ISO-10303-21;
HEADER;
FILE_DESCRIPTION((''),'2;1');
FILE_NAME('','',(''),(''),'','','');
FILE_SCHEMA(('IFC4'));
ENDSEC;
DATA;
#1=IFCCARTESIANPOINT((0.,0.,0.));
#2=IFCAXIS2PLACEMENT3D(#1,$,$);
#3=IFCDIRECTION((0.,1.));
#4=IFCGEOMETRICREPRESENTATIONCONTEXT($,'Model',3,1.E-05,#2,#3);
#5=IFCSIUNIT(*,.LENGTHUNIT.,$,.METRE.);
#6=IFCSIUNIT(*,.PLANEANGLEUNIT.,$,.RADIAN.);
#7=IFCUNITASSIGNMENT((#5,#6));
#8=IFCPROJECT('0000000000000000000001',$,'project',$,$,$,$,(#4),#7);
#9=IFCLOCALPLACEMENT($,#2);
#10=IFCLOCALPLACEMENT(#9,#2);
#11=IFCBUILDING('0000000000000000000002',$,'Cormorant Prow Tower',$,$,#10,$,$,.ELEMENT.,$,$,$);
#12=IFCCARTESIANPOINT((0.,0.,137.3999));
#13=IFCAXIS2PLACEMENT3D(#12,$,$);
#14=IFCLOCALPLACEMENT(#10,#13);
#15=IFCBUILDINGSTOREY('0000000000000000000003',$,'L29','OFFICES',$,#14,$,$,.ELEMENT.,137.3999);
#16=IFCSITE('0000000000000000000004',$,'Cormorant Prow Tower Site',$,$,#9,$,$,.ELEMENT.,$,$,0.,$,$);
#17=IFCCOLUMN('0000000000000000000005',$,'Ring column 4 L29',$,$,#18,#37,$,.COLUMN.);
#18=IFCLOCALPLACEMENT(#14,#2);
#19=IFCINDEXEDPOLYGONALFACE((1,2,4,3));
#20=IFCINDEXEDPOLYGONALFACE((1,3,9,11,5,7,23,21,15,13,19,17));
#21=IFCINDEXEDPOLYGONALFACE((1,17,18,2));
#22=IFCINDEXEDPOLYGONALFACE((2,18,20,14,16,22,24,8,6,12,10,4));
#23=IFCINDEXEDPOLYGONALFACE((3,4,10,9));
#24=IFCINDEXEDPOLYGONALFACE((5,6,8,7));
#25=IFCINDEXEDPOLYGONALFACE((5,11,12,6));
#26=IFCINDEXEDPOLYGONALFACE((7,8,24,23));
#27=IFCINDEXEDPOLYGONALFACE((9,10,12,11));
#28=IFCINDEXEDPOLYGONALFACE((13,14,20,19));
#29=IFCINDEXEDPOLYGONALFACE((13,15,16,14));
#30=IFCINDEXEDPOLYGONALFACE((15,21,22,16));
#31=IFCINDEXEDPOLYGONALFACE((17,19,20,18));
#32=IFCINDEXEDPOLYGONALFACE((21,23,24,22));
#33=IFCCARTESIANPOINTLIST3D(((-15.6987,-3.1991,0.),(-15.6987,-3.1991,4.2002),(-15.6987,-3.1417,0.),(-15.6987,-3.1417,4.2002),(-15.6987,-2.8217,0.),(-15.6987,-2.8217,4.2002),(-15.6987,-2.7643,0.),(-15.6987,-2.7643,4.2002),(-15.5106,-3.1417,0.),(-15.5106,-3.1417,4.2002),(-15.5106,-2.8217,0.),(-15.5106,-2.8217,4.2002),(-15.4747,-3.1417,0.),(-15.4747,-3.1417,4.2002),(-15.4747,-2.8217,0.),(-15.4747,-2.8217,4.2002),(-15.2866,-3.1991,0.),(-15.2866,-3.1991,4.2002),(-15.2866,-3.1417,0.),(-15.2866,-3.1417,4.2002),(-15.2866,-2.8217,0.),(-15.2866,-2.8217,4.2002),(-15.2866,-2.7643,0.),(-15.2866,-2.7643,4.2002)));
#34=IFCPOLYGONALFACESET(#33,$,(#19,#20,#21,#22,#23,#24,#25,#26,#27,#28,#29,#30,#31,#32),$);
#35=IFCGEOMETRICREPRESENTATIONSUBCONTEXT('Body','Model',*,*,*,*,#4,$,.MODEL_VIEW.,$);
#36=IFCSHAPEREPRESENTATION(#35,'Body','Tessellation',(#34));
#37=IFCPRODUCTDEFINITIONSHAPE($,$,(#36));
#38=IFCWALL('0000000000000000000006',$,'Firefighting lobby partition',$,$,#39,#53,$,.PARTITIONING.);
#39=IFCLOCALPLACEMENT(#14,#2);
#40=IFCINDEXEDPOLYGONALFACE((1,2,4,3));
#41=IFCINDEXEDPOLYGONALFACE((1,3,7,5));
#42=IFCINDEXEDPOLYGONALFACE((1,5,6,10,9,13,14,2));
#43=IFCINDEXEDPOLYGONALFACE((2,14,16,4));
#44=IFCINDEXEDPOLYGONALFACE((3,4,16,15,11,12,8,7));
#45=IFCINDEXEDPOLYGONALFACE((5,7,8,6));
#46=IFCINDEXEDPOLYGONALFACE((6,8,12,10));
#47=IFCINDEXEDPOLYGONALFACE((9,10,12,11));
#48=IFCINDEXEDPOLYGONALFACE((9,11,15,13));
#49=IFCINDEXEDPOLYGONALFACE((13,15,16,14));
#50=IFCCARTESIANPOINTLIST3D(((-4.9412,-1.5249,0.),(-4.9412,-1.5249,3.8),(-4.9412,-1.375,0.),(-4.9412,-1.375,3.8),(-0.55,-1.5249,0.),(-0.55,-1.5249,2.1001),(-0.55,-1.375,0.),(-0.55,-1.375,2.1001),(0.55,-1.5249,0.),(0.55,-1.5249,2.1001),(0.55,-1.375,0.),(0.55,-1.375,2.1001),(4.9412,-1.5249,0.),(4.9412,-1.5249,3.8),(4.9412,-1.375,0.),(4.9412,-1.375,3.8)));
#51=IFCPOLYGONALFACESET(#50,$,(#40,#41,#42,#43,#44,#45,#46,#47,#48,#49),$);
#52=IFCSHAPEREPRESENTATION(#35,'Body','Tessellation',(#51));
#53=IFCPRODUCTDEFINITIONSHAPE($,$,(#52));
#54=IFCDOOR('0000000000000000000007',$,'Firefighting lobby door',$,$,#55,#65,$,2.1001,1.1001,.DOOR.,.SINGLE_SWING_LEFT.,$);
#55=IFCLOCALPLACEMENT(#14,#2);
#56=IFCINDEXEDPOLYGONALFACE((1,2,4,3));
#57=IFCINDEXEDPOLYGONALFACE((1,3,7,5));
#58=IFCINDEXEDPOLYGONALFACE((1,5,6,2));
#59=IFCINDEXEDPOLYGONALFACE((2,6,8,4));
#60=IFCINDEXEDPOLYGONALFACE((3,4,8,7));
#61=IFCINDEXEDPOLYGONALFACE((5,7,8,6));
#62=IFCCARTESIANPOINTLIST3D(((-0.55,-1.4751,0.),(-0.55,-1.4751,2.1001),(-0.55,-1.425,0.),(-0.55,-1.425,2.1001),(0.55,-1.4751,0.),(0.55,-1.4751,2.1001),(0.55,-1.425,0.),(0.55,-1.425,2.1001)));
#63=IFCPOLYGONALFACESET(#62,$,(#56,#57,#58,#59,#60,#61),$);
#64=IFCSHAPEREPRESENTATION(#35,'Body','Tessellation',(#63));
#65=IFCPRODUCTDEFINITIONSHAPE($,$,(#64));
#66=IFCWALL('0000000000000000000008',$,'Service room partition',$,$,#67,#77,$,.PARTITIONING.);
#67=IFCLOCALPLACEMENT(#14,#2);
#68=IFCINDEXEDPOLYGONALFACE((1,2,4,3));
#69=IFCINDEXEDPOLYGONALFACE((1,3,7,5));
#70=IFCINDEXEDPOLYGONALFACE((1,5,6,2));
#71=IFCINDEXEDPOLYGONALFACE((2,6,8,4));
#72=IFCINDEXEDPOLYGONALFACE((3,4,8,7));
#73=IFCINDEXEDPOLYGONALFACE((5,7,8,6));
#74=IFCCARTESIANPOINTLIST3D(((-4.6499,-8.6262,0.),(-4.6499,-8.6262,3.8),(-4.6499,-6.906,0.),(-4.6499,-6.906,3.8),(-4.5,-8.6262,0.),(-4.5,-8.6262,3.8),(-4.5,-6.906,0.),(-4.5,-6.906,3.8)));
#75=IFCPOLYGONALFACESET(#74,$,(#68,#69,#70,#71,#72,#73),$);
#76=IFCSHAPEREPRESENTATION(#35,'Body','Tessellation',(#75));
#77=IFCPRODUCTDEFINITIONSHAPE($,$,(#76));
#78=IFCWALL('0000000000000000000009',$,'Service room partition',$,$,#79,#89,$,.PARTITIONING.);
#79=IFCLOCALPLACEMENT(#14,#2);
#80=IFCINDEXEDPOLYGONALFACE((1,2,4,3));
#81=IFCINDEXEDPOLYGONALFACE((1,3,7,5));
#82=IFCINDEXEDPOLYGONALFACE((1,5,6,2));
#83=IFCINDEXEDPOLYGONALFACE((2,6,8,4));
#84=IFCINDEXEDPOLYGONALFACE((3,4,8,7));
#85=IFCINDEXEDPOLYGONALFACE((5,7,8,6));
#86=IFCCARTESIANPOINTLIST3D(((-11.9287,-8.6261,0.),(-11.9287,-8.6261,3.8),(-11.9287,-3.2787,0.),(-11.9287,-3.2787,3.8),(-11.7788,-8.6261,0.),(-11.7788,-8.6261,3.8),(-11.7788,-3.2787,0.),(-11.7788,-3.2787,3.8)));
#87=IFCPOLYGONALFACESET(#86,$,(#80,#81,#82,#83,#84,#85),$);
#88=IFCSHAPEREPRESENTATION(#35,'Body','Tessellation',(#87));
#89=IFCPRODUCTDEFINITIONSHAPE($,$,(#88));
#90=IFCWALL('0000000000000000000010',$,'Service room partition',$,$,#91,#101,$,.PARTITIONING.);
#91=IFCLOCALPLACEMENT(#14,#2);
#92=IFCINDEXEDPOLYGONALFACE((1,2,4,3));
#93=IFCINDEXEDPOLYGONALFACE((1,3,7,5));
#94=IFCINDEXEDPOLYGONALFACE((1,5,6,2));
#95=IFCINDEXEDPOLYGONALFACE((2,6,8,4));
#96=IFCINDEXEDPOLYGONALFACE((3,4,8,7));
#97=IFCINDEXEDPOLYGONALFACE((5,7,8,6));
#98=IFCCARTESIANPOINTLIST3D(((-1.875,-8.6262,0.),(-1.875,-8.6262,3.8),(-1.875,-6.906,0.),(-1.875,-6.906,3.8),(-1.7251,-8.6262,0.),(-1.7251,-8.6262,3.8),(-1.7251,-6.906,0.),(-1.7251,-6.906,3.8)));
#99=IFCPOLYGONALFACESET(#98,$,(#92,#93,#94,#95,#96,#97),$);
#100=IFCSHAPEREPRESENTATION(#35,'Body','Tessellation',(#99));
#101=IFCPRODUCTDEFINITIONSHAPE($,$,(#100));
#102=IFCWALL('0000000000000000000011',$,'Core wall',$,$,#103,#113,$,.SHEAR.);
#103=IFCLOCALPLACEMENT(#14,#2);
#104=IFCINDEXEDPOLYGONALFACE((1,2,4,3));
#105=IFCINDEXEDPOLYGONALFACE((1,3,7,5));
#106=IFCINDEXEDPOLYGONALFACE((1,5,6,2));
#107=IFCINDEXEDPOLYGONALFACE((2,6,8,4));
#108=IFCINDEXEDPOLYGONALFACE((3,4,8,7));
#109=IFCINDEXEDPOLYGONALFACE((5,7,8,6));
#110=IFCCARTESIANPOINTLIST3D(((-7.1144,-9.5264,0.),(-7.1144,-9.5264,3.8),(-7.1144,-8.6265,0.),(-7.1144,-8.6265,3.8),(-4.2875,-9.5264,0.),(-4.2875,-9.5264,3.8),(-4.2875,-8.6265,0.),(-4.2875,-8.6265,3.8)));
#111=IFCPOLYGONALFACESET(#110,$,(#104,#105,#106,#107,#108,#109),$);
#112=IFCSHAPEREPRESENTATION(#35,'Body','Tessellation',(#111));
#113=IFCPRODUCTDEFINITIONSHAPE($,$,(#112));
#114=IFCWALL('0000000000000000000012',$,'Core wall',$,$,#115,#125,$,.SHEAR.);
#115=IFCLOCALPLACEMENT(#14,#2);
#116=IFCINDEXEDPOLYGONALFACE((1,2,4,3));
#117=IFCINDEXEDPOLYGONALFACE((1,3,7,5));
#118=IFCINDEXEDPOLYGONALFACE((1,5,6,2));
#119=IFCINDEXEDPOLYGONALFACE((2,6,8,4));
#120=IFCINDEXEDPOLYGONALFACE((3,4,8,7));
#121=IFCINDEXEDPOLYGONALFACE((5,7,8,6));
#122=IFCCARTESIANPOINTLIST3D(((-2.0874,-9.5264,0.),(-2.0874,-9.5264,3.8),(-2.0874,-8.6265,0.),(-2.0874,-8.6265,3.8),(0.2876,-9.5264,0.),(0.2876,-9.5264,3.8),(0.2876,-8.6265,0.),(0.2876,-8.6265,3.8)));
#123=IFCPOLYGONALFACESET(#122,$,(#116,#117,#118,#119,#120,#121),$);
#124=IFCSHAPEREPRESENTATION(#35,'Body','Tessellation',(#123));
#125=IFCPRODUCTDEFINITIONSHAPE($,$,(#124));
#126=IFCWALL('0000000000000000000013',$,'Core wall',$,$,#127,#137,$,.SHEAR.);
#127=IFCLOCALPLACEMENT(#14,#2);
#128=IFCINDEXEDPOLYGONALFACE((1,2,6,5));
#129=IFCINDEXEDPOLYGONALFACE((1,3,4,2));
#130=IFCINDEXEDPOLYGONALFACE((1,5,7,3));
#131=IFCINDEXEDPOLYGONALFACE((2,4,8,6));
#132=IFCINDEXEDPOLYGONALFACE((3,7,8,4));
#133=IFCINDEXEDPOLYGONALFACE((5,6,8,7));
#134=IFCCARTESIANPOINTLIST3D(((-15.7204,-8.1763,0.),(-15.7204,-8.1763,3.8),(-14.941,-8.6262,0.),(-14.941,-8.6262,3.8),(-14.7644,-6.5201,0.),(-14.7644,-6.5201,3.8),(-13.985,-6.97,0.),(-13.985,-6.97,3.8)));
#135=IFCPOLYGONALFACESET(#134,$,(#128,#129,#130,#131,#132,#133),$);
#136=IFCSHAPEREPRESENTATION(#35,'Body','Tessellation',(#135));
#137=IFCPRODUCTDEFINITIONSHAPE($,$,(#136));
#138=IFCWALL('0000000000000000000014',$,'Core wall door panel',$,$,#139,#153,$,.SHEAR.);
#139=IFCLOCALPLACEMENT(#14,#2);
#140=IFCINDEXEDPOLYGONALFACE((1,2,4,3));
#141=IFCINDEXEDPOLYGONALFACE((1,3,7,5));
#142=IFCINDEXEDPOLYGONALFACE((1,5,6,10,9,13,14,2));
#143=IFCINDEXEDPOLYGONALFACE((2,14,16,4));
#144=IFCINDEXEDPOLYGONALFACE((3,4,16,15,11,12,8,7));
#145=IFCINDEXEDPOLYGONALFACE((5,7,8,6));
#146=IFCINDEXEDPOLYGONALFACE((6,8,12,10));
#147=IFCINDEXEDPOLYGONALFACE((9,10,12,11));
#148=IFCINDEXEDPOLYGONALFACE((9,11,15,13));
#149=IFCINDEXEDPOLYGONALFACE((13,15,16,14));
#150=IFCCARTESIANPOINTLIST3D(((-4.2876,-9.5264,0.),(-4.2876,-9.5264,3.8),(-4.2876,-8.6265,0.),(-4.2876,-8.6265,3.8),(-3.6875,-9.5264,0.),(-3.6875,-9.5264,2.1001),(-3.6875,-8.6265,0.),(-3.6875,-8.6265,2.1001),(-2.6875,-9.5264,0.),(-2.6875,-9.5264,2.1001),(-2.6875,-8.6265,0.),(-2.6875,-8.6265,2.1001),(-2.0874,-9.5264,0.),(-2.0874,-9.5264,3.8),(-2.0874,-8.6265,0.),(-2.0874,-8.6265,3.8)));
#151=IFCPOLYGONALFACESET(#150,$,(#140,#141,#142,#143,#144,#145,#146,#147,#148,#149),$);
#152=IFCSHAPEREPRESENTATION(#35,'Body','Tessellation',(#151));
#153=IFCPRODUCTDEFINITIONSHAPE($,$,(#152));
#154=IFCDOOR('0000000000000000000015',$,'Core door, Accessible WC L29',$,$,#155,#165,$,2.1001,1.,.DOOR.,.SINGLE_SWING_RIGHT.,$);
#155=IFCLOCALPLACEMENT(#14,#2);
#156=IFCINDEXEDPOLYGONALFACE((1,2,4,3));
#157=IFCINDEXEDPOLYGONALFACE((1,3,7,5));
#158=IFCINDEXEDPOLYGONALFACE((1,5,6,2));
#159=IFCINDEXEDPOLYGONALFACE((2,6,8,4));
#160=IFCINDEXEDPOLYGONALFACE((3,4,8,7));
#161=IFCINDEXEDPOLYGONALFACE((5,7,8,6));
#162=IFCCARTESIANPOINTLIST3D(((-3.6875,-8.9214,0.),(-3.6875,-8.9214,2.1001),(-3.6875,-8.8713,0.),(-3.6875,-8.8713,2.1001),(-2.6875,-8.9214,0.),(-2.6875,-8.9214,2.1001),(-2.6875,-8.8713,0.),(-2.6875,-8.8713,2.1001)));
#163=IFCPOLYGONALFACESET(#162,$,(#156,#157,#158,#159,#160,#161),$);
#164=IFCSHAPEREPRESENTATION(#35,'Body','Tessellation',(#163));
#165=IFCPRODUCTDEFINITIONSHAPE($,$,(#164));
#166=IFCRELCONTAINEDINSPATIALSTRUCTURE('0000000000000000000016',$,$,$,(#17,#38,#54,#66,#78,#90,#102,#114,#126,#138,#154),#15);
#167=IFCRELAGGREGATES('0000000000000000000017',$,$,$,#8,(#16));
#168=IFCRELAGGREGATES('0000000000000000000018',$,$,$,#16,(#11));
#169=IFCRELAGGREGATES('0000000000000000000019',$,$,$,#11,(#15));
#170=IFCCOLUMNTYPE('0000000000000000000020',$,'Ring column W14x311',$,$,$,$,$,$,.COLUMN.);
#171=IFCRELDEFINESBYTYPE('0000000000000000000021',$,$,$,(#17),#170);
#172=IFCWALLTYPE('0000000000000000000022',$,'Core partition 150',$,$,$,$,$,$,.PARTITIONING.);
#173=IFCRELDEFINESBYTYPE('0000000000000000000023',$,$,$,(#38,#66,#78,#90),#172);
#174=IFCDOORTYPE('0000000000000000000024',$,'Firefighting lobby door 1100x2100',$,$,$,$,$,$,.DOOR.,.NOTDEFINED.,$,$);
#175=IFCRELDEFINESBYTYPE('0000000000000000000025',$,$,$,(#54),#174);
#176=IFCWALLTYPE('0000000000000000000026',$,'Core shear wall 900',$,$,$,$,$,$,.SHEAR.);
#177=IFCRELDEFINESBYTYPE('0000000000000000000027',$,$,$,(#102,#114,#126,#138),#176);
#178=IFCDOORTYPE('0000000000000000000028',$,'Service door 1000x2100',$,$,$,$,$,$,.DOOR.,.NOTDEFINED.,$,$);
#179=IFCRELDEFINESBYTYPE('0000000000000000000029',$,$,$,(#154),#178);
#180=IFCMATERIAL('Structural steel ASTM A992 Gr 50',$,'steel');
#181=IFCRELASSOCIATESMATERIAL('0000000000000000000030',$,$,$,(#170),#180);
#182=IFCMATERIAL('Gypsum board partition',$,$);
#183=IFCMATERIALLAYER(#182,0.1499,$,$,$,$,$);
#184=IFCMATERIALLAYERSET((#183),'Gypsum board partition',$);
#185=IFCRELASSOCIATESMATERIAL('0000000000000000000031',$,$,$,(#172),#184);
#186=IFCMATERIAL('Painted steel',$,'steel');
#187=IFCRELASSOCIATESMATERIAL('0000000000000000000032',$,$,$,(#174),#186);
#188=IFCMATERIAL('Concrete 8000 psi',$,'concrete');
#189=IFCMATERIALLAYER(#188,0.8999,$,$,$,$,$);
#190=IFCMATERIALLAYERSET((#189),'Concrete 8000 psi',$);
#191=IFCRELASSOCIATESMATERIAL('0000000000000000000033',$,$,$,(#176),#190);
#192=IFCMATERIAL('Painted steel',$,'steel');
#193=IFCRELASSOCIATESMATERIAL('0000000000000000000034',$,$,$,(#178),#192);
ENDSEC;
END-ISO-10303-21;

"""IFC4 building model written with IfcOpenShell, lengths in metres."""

from ifc_helpers import new_model, si_unit, direction, frame, frame_2d, origin, origin_2d, place, context, subcontext, project, spatial, rectangle, i_section, extrude, material, layer, layer_set, material_profile, profile_set, type_object, element, fill, save


model = new_model("IFC4")

# Units and contexts
model_context = context("Model", 3, precision=1e-05, world=origin(), true_north=direction((0.0, 1.0)))
body_context = subcontext(model_context, "Body", "Model", "MODEL_VIEW")
ifc_project = project(units=[si_unit("LENGTHUNIT", "METRE"), si_unit("PLANEANGLEUNIT", "RADIAN")], contexts=[model_context])

# Site, building, storey
site_placement = place(None, origin())
site = spatial("IfcSite", under=ifc_project, at=site_placement, Name="Cormorant Prow Tower Site", CompositionType="ELEMENT", RefElevation=0.0)
building_placement = place(site_placement, origin())
building = spatial("IfcBuilding", under=site, at=building_placement, Name="Cormorant Prow Tower", CompositionType="ELEMENT")
storey_placement = place(building_placement, frame((0.0, 0.0, 137.3999)))
storey = spatial("IfcBuildingStorey", under=building, at=storey_placement, Name="L29", Description="OFFICES", CompositionType="ELEMENT", Elevation=137.3999)

# Column
ifc_material_1 = material(Name="Structural steel ASTM A992 Gr 50", Category="steel")
ifc_material_profile = material_profile(ifc_material_1, i_section(OverallWidth=0.4121, OverallDepth=0.4348, WebThickness=0.0359, FlangeThickness=0.0574, at=origin_2d()), Name="W14x311")
ifc_profile_set = profile_set([ifc_material_profile], Name="Structural steel ASTM A992 Gr 50")
column_type = type_object("IfcColumnType", Name="Ring column W14x311", PredefinedType="COLUMN", material=ifc_profile_set)
column_placement = place(storey_placement, frame((-15.4927, -2.9817, 0.0), z_axis=(0.0, 0.0, 1.0), x_axis=(1.0, 0.0, 0.0)))
element("IfcColumn", 1, at=column_placement, inside=storey, type_object=column_type, Name="Ring column 4 L29", PredefinedType="COLUMN", context=body_context, shape_type="SweptSolid", body=[
    extrude(i_section(OverallWidth=0.4121, OverallDepth=0.4348, WebThickness=0.0359, FlangeThickness=0.0574, at=origin_2d()), origin(), (0.0, 0.0, 1.0), 4.2002),
])

# Wall, opening, door
ifc_material_2 = material(Name="Gypsum board partition")
ifc_layer_1 = layer(ifc_material_2, 0.1499)
ifc_layer_set_1 = layer_set([ifc_layer_1], Name="Gypsum board partition")
wall_type_1 = type_object("IfcWallType", Name="Core partition 150", PredefinedType="PARTITIONING", material=ifc_layer_set_1)
wall_1_placement = place(storey_placement, frame((-4.9412, -1.45, 0.0), z_axis=(0.0, 0.0, 1.0), x_axis=(1.0, 0.0, 0.0)))
wall_1 = element("IfcWall", 2, at=wall_1_placement, inside=storey, type_object=wall_type_1, Name="Firefighting lobby partition", PredefinedType="PARTITIONING", context=body_context, shape_type="SweptSolid", body=[
    extrude(rectangle(XDim=9.8823, YDim=0.1499, at=frame_2d((4.9412, 0.0))), origin(), (0.0, 0.0, 1.0), 3.8),
])
opening_1_placement = place(wall_1_placement, frame((4.3911, 0.0, 0.0)))
opening_1 = element("IfcOpeningElement", 3, at=opening_1_placement, cuts=wall_1, PredefinedType="OPENING", context=body_context, shape_type="SweptSolid", body=[
    extrude(rectangle(XDim=1.1001, YDim=2.1001, at=frame_2d((0.55, 1.05))), frame((0.0, 0.085, 0.0), z_axis=(0.0, -1.0, 0.0), x_axis=(1.0, 0.0, 0.0)), (0.0, 0.0, 1.0), 0.1699),
])
ifc_material_3 = material(Name="Painted steel", Category="steel")
door_type_1 = type_object("IfcDoorType", Name="Firefighting lobby door 1100x2100", OperationType="NOTDEFINED", PredefinedType="DOOR", material=ifc_material_3)
door_1_placement = place(opening_1_placement, origin())
door_1 = element("IfcDoor", 4, at=door_1_placement, inside=storey, type_object=door_type_1, Name="Firefighting lobby door", OperationType="SINGLE_SWING_LEFT", OverallHeight=2.1001, OverallWidth=1.1001, PredefinedType="DOOR", context=body_context, shape_type="SweptSolid", body=[
    extrude(rectangle(XDim=1.1001, YDim=2.1001, at=frame_2d((0.55, 1.05))), frame((0.0, 0.0249, 0.0), z_axis=(0.0, -1.0, 0.0), x_axis=(1.0, 0.0, 0.0)), (0.0, 0.0, 1.0), 0.05),
])
fill(opening_1, door_1)

# Walls
wall_2_placement = place(storey_placement, frame((-4.575, -6.906, 0.0), z_axis=(0.0, 0.0, 1.0), x_axis=(0.0, -1.0, 0.0)))
element("IfcWall", 5, at=wall_2_placement, inside=storey, type_object=wall_type_1, Name="Service room partition", PredefinedType="PARTITIONING", context=body_context, shape_type="SweptSolid", body=[
    extrude(rectangle(XDim=1.7202, YDim=0.1499, at=frame_2d((0.8601, 0.0))), origin(), (0.0, 0.0, 1.0), 3.8),
])
wall_3_placement = place(storey_placement, frame((-11.8538, -8.6262, 0.0), z_axis=(0.0, 0.0, 1.0), x_axis=(0.0, 1.0, 0.0)))
element("IfcWall", 6, at=wall_3_placement, inside=storey, type_object=wall_type_1, Name="Service room partition", PredefinedType="PARTITIONING", context=body_context, shape_type="SweptSolid", body=[
    extrude(rectangle(XDim=5.3474, YDim=0.1499, at=frame_2d((2.6738, 0.0))), origin(), (0.0, 0.0, 1.0), 3.8),
])
wall_4_placement = place(storey_placement, frame((-1.8, -8.6262, 0.0), z_axis=(0.0, 0.0, 1.0), x_axis=(0.0, 1.0, 0.0)))
element("IfcWall", 7, at=wall_4_placement, inside=storey, type_object=wall_type_1, Name="Service room partition", PredefinedType="PARTITIONING", context=body_context, shape_type="SweptSolid", body=[
    extrude(rectangle(XDim=1.7202, YDim=0.1499, at=frame_2d((0.8601, 0.0))), origin(), (0.0, 0.0, 1.0), 3.8),
])
ifc_material_4 = material(Name="Concrete 8000 psi", Category="concrete")
ifc_layer_2 = layer(ifc_material_4, 0.8999)
ifc_layer_set_2 = layer_set([ifc_layer_2], Name="Concrete 8000 psi")
wall_type_2 = type_object("IfcWallType", Name="Core shear wall 900", PredefinedType="SHEAR", material=ifc_layer_set_2)
wall_5_placement = place(storey_placement, frame((-7.1145, -9.0764, 0.0), z_axis=(0.0, 0.0, 1.0), x_axis=(1.0, 0.0, 0.0)))
element("IfcWall", 8, at=wall_5_placement, inside=storey, type_object=wall_type_2, Name="Core wall", PredefinedType="SHEAR", context=body_context, shape_type="SweptSolid", body=[
    extrude(rectangle(XDim=2.8269, YDim=0.8999, at=frame_2d((1.4136, 0.0))), origin(), (0.0, 0.0, 1.0), 3.8),
])
wall_6_placement = place(storey_placement, frame((-2.0874, -9.0764, 0.0), z_axis=(0.0, 0.0, 1.0), x_axis=(1.0, 0.0, 0.0)))
element("IfcWall", 9, at=wall_6_placement, inside=storey, type_object=wall_type_2, Name="Core wall", PredefinedType="SHEAR", context=body_context, shape_type="SweptSolid", body=[
    extrude(rectangle(XDim=2.375, YDim=0.8999, at=frame_2d((1.1875, 0.0))), origin(), (0.0, 0.0, 1.0), 3.8),
])
wall_7_placement = place(storey_placement, frame((-14.3748, -6.7451, 0.0), z_axis=(0.0, 0.0, 1.0), x_axis=(-0.499929, -0.866067, 0.0)))
element("IfcWall", 10, at=wall_7_placement, inside=storey, type_object=wall_type_2, Name="Core wall", PredefinedType="SHEAR", context=body_context, shape_type="SweptSolid", body=[
    extrude(rectangle(XDim=1.9124, YDim=0.8999, at=frame_2d((0.9561, 0.0))), origin(), (0.0, 0.0, 1.0), 3.8),
])

# Wall, opening, door
wall_8_placement = place(storey_placement, frame((-4.2876, -9.0764, 0.0), z_axis=(0.0, 0.0, 1.0), x_axis=(1.0, 0.0, 0.0)))
wall_8 = element("IfcWall", 11, at=wall_8_placement, inside=storey, type_object=wall_type_2, Name="Core wall door panel", PredefinedType="SHEAR", context=body_context, shape_type="SweptSolid", body=[
    extrude(rectangle(XDim=2.2002, YDim=0.8999, at=frame_2d((1.1001, 0.0))), origin(), (0.0, 0.0, 1.0), 3.8),
])
opening_2_placement = place(wall_8_placement, frame((0.6001, 0.0, 0.0)))
opening_2 = element("IfcOpeningElement", 12, at=opening_2_placement, cuts=wall_8, PredefinedType="OPENING", context=body_context, shape_type="SweptSolid", body=[
    extrude(rectangle(XDim=1.0, YDim=2.1001, at=frame_2d((0.5, 1.05))), frame((0.0, 0.46, 0.0), z_axis=(0.0, -1.0, 0.0), x_axis=(1.0, 0.0, 0.0)), (0.0, 0.0, 1.0), 0.9199),
])
ifc_material_5 = material(Name="Painted steel", Category="steel")
door_type_2 = type_object("IfcDoorType", Name="Service door 1000x2100", OperationType="NOTDEFINED", PredefinedType="DOOR", material=ifc_material_5)
door_2_placement = place(opening_2_placement, origin())
door_2 = element("IfcDoor", 13, at=door_2_placement, inside=storey, type_object=door_type_2, Name="Core door, Accessible WC L29", OperationType="SINGLE_SWING_RIGHT", OverallHeight=2.1001, OverallWidth=1.0, PredefinedType="DOOR", context=body_context, shape_type="SweptSolid", body=[
    extrude(rectangle(XDim=1.0, YDim=2.1001, at=frame_2d((0.5, 1.05))), frame((0.0, 0.2051, 0.0), z_axis=(0.0, -1.0, 0.0), x_axis=(1.0, 0.0, 0.0)), (0.0, 0.0, 1.0), 0.05),
])
fill(opening_2, door_2)

save(model, "model.ifc")
